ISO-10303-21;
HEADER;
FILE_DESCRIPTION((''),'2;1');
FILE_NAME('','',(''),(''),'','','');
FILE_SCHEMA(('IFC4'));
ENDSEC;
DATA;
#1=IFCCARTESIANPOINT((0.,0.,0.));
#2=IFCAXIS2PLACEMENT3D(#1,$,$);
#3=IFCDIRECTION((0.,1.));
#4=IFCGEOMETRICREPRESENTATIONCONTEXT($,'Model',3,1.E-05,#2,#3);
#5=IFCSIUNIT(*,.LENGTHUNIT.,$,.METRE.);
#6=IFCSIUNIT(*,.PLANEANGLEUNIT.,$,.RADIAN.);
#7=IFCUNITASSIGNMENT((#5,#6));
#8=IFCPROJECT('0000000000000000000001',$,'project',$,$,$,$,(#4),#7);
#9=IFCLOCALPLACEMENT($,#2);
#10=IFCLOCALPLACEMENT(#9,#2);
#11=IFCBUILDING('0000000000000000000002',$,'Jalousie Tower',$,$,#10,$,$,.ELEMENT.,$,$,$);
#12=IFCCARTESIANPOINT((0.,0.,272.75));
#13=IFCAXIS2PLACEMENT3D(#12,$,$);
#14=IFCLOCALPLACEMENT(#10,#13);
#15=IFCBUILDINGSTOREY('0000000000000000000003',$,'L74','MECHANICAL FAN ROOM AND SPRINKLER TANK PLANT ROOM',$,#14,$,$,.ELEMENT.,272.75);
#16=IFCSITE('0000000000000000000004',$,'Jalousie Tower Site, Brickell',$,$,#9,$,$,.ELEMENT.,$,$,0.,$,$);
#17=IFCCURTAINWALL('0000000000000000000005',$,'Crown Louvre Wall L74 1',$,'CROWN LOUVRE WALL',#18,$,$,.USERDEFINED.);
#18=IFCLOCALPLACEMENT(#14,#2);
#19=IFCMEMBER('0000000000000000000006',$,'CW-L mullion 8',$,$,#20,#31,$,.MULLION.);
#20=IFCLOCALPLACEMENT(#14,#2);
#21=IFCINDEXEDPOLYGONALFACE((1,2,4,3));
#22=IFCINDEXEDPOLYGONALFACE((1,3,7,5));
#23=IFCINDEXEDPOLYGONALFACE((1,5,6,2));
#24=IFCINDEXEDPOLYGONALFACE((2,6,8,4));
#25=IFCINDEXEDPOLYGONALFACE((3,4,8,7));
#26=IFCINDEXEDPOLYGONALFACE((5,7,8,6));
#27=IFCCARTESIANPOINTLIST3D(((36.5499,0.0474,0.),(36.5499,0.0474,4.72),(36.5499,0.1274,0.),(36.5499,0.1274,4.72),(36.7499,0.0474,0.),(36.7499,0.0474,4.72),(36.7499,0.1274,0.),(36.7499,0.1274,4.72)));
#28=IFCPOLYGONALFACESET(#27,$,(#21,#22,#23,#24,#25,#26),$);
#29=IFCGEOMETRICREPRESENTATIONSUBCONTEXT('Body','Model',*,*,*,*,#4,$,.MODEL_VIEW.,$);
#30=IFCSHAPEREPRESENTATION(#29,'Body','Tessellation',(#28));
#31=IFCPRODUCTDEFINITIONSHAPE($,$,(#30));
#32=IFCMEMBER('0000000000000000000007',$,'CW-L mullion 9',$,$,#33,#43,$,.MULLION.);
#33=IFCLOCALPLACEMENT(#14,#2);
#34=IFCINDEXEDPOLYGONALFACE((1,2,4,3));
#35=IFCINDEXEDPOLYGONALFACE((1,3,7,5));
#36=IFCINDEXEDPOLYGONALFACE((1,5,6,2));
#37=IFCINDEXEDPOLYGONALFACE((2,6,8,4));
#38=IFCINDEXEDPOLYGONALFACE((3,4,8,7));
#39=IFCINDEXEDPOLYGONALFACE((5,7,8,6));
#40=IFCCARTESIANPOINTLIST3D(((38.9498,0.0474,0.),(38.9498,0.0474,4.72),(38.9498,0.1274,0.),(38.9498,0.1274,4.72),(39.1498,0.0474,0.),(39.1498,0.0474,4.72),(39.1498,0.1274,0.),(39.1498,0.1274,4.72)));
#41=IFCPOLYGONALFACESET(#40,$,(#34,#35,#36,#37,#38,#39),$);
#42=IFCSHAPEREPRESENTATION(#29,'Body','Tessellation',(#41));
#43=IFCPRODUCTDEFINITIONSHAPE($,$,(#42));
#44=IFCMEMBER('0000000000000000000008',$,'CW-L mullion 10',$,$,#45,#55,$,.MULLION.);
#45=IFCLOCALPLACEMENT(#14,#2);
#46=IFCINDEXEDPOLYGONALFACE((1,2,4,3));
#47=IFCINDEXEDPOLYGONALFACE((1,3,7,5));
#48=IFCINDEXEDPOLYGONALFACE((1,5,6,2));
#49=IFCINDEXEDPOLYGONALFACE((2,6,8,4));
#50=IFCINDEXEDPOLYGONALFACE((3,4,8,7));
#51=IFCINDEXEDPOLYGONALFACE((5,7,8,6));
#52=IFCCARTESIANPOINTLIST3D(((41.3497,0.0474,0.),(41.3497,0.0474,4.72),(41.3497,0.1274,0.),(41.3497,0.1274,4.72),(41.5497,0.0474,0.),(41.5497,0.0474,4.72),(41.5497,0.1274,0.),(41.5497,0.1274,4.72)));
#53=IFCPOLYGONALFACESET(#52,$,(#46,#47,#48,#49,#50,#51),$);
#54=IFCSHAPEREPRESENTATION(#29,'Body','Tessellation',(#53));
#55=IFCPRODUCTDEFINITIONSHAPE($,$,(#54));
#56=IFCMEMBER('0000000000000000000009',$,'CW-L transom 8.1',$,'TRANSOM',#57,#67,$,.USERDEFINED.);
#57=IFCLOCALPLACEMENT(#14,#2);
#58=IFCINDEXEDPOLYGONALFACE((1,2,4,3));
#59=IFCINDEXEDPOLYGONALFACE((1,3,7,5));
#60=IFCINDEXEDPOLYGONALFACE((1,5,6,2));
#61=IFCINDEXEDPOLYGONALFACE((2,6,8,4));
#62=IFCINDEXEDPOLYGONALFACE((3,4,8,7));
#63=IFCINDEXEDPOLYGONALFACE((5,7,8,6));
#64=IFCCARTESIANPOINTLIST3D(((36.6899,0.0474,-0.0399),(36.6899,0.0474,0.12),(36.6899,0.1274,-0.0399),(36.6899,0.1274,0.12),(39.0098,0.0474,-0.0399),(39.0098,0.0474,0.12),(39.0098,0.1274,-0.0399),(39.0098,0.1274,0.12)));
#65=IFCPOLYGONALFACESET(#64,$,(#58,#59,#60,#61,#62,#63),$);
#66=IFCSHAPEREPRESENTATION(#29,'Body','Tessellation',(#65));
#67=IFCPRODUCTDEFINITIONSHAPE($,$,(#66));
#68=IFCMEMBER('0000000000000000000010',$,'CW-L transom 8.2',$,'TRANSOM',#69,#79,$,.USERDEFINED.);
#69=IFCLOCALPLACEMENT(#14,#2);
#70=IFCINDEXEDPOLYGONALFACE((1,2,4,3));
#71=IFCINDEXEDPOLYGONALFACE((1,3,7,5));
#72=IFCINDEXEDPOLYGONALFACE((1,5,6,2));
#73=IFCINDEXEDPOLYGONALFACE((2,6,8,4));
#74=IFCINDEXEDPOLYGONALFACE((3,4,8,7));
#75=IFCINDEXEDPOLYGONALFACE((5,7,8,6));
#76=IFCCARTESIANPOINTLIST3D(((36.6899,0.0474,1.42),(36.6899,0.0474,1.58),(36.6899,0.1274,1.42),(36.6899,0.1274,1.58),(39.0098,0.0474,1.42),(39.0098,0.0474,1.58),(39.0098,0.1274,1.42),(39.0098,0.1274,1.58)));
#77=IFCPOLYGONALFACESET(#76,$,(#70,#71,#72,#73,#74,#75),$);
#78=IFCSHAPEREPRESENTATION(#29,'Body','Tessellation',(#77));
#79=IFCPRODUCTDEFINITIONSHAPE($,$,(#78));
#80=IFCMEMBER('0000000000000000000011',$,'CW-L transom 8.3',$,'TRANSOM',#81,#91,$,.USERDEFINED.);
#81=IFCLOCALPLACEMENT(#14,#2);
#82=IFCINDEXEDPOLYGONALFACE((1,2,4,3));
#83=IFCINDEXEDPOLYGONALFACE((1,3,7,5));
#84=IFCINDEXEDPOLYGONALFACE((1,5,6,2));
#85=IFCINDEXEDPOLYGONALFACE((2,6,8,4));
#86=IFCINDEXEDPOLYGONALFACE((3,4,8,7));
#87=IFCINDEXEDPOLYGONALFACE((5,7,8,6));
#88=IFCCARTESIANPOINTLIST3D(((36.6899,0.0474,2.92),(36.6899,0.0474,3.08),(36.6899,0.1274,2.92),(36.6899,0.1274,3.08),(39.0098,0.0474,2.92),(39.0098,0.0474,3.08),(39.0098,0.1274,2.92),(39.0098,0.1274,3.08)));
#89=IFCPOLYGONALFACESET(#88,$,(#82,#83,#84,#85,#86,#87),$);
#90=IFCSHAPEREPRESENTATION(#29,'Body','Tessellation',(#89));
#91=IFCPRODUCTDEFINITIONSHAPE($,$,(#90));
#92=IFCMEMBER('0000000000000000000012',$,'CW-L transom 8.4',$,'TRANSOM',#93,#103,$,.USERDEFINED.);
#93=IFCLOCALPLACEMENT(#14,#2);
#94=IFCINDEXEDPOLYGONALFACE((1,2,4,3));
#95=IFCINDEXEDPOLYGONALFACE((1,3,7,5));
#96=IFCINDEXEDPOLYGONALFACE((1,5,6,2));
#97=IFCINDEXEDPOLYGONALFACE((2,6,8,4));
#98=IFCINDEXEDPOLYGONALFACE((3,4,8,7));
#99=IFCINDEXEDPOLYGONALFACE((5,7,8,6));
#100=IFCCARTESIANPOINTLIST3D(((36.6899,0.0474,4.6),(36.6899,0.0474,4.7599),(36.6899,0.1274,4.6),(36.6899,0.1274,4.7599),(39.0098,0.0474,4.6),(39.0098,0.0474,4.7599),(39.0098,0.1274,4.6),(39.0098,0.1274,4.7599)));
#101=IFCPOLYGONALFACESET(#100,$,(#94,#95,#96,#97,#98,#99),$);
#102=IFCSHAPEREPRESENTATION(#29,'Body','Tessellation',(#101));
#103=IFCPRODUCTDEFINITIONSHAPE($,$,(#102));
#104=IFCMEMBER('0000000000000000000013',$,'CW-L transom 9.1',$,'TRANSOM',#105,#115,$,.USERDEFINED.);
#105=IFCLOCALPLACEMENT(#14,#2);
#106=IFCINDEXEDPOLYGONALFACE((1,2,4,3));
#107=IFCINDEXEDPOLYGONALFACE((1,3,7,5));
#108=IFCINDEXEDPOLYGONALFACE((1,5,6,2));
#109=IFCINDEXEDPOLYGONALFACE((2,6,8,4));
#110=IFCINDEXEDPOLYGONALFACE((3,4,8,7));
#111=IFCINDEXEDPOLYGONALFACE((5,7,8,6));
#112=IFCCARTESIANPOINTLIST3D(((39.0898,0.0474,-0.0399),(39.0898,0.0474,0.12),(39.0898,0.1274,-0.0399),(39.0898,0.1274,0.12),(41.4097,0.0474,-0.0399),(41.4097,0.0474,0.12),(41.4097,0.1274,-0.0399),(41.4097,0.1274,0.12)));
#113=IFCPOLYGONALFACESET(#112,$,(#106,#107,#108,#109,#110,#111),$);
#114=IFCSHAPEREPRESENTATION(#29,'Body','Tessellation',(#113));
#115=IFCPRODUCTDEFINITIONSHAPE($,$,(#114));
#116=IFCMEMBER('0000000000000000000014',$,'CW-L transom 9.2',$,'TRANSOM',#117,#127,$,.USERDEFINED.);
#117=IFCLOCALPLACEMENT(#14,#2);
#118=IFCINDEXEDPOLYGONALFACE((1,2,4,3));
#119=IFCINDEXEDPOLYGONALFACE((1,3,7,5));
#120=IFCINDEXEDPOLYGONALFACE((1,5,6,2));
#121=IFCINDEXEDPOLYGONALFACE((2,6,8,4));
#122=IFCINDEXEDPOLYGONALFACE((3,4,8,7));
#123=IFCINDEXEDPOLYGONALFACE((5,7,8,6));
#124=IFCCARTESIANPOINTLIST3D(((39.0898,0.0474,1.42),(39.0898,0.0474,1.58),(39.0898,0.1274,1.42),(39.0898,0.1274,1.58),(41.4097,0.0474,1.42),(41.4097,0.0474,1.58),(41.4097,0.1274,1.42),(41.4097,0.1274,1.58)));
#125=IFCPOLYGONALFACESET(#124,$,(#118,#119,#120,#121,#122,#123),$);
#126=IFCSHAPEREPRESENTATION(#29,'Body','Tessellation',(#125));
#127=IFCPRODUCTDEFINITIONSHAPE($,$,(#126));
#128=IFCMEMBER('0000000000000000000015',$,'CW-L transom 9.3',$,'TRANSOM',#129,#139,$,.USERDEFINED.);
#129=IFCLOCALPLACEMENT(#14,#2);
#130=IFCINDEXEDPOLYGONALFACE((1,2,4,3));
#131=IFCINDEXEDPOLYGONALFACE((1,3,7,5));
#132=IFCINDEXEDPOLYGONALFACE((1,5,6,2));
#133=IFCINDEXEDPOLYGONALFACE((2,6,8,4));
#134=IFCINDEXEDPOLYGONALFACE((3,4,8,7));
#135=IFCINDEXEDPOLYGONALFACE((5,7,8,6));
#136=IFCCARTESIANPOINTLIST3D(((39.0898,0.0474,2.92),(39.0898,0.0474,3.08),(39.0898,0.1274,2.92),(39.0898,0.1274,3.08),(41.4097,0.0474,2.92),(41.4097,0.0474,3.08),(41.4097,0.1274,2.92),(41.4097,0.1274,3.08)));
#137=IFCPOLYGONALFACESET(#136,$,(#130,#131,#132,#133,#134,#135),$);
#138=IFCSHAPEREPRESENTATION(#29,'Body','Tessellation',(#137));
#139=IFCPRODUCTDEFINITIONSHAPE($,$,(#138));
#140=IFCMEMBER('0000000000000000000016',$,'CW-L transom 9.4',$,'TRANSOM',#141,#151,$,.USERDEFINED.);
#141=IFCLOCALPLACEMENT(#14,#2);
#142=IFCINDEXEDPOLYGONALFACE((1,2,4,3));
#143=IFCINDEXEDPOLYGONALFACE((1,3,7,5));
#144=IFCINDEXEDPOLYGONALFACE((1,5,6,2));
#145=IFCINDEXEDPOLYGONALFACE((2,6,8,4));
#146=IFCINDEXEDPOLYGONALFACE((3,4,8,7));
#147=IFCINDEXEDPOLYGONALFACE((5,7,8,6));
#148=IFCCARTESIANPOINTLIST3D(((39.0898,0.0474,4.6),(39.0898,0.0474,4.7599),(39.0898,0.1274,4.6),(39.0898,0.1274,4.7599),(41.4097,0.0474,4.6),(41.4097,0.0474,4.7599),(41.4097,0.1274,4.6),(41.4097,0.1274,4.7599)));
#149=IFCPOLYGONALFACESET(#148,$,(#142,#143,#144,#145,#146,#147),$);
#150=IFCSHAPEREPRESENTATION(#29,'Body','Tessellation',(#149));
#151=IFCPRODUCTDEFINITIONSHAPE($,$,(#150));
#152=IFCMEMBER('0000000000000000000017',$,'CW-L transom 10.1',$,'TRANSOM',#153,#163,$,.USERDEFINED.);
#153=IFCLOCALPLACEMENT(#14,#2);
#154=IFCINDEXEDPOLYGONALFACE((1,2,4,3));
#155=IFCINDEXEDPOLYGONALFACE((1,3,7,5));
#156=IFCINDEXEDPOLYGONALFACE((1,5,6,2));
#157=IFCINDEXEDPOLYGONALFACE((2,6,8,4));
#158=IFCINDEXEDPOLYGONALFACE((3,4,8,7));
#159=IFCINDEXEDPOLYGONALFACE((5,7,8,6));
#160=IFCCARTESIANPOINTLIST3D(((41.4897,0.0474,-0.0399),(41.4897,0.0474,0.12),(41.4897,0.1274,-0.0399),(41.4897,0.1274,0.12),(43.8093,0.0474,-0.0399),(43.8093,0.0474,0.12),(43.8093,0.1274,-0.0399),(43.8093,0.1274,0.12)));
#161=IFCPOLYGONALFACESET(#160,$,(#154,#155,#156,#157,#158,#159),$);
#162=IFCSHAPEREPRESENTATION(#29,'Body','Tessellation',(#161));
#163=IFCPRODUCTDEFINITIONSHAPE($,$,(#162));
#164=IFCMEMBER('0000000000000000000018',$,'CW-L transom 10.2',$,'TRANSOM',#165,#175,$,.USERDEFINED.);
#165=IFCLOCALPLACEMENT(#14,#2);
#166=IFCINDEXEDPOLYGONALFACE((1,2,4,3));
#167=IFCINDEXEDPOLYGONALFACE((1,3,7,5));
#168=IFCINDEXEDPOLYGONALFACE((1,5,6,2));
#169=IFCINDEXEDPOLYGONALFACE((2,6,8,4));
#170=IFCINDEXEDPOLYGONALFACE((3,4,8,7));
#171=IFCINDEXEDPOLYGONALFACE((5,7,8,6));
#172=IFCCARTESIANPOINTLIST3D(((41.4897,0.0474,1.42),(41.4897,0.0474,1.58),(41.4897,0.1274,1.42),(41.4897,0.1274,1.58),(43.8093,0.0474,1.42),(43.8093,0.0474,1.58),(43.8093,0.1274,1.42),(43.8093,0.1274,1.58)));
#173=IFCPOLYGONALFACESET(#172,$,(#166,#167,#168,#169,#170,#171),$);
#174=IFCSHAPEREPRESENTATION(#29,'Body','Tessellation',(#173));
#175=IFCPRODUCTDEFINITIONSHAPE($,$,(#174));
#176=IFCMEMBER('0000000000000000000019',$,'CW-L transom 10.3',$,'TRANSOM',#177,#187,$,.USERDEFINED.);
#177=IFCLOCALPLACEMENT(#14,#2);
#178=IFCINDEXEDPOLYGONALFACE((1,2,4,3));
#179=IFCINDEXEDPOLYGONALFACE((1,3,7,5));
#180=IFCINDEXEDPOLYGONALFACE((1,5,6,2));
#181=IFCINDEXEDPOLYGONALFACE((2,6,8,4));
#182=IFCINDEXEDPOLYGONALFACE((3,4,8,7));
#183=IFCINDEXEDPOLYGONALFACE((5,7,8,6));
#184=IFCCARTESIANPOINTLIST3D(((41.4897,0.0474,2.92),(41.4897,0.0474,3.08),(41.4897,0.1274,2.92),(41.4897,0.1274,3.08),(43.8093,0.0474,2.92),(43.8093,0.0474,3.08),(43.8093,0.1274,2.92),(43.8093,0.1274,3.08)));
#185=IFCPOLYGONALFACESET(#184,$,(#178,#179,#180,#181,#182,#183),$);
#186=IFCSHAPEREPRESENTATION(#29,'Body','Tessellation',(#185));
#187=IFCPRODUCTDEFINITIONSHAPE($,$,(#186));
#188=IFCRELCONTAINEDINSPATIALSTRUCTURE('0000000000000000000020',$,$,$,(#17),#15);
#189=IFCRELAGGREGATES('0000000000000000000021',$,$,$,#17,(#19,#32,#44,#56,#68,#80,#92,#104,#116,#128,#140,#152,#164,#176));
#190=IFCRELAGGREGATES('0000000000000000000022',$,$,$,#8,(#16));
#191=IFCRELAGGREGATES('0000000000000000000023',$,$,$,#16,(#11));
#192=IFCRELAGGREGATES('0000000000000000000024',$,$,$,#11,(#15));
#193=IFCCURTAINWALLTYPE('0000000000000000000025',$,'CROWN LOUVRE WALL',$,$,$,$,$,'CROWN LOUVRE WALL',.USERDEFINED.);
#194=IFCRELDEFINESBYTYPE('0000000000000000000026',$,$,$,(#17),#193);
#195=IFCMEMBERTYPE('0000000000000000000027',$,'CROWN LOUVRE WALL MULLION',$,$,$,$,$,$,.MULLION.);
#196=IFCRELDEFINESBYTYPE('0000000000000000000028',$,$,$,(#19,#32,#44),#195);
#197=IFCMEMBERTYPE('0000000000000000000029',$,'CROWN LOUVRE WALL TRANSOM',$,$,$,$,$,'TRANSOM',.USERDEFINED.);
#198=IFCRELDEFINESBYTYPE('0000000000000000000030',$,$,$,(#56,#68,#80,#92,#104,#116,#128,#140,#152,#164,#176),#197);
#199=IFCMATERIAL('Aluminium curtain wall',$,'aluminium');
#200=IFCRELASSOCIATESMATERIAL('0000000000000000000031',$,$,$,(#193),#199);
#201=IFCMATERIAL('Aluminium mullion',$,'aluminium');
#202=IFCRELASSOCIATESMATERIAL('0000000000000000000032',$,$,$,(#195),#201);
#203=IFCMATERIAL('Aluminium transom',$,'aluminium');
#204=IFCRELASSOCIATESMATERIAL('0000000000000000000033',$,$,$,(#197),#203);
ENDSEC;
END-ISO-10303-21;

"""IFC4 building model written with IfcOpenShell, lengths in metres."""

from ifc_helpers import new_model, si_unit, direction, frame, origin, origin_2d, place, context, subcontext, project, spatial, rectangle, extrude, material, material_profile, profile_set, type_object, element, aggregate, save


model = new_model("IFC4")

# Units and contexts
model_context = context("Model", 3, precision=1e-05, world=origin(), true_north=direction((0.0, 1.0)))
body_context = subcontext(model_context, "Body", "Model", "MODEL_VIEW")
ifc_project = project(units=[si_unit("LENGTHUNIT", "METRE"), si_unit("PLANEANGLEUNIT", "RADIAN")], contexts=[model_context])

# Site, building, storey
site_placement = place(None, origin())
site = spatial("IfcSite", under=ifc_project, at=site_placement, Name="Jalousie Tower Site, Brickell", CompositionType="ELEMENT", RefElevation=0.0)
building_placement = place(site_placement, origin())
building = spatial("IfcBuilding", under=site, at=building_placement, Name="Jalousie Tower", CompositionType="ELEMENT")
storey_placement = place(building_placement, frame((0.0, 0.0, 272.75)))
storey = spatial("IfcBuildingStorey", under=building, at=storey_placement, Name="L74", Description="MECHANICAL FAN ROOM AND SPRINKLER TANK PLANT ROOM", CompositionType="ELEMENT", Elevation=272.75)

# Curtain wall, members
ifc_material_1 = material(Name="Aluminium curtain wall", Category="aluminium")
curtain_wall_type = type_object("IfcCurtainWallType", Name="CROWN LOUVRE WALL", ElementType="CROWN LOUVRE WALL", PredefinedType="USERDEFINED", material=ifc_material_1)
curtain_wall_placement = place(storey_placement, origin())
curtain_wall = element("IfcCurtainWall", 1, at=curtain_wall_placement, inside=storey, type_object=curtain_wall_type, Name="Crown Louvre Wall L74 1", ObjectType="CROWN LOUVRE WALL", PredefinedType="USERDEFINED")
ifc_material_2 = material(Name="Aluminium mullion", Category="aluminium")
ifc_material_profile_1 = material_profile(ifc_material_2, rectangle(XDim=0.0801, YDim=0.2, at=origin_2d()), Name="MULLION 80x200")
ifc_profile_set_1 = profile_set([ifc_material_profile_1], Name="Aluminium mullion")
member_type_1 = type_object("IfcMemberType", Name="CROWN LOUVRE WALL MULLION", PredefinedType="MULLION", material=ifc_profile_set_1)
member_1_placement = place(storey_placement, frame((36.6499, 0.0874, 0.0), z_axis=(0.0, 0.0, 1.0), x_axis=(0.0, 1.0, 0.0)))
member_1 = element("IfcMember", 2, at=member_1_placement, type_object=member_type_1, Name="CW-L mullion 8", PredefinedType="MULLION", context=body_context, shape_type="SweptSolid", body=[
    extrude(rectangle(XDim=0.0801, YDim=0.2, at=origin_2d()), origin(), (0.0, 0.0, 1.0), 4.72),
])
member_2_placement = place(storey_placement, frame((39.0498, 0.0874, 0.0), z_axis=(0.0, 0.0, 1.0), x_axis=(0.0, 1.0, 0.0)))
member_2 = element("IfcMember", 3, at=member_2_placement, type_object=member_type_1, Name="CW-L mullion 9", PredefinedType="MULLION", context=body_context, shape_type="SweptSolid", body=[
    extrude(rectangle(XDim=0.0801, YDim=0.2, at=origin_2d()), origin(), (0.0, 0.0, 1.0), 4.72),
])
member_3_placement = place(storey_placement, frame((41.4497, 0.0874, 0.0), z_axis=(0.0, 0.0, 1.0), x_axis=(0.0, 1.0, 0.0)))
member_3 = element("IfcMember", 4, at=member_3_placement, type_object=member_type_1, Name="CW-L mullion 10", PredefinedType="MULLION", context=body_context, shape_type="SweptSolid", body=[
    extrude(rectangle(XDim=0.0801, YDim=0.2, at=origin_2d()), origin(), (0.0, 0.0, 1.0), 4.72),
])
ifc_material_3 = material(Name="Aluminium transom", Category="aluminium")
ifc_material_profile_2 = material_profile(ifc_material_3, rectangle(XDim=0.0801, YDim=0.1599, at=origin_2d()), Name="TRANSOM 80x160")
ifc_profile_set_2 = profile_set([ifc_material_profile_2], Name="Aluminium transom")
member_type_2 = type_object("IfcMemberType", Name="CROWN LOUVRE WALL TRANSOM", ElementType="TRANSOM", PredefinedType="USERDEFINED", material=ifc_profile_set_2)
member_4_placement = place(storey_placement, frame((36.6899, 0.0874, 0.04), z_axis=(1.0, 0.0, 0.0), x_axis=(0.0, 1.0, 0.0)))
member_4 = element("IfcMember", 5, at=member_4_placement, type_object=member_type_2, Name="CW-L transom 8.1", ObjectType="TRANSOM", PredefinedType="USERDEFINED", context=body_context, shape_type="SweptSolid", body=[
    extrude(rectangle(XDim=0.0801, YDim=0.1599, at=origin_2d()), origin(), (0.0, 0.0, 1.0), 2.3198),
])
member_5_placement = place(storey_placement, frame((36.6899, 0.0874, 1.5), z_axis=(1.0, 0.0, 0.0), x_axis=(0.0, 1.0, 0.0)))
member_5 = element("IfcMember", 6, at=member_5_placement, type_object=member_type_2, Name="CW-L transom 8.2", ObjectType="TRANSOM", PredefinedType="USERDEFINED", context=body_context, shape_type="SweptSolid", body=[
    extrude(rectangle(XDim=0.0801, YDim=0.1599, at=origin_2d()), origin(), (0.0, 0.0, 1.0), 2.3198),
])
member_6_placement = place(storey_placement, frame((36.6899, 0.0874, 3.0), z_axis=(1.0, 0.0, 0.0), x_axis=(0.0, 1.0, 0.0)))
member_6 = element("IfcMember", 7, at=member_6_placement, type_object=member_type_2, Name="CW-L transom 8.3", ObjectType="TRANSOM", PredefinedType="USERDEFINED", context=body_context, shape_type="SweptSolid", body=[
    extrude(rectangle(XDim=0.0801, YDim=0.1599, at=origin_2d()), origin(), (0.0, 0.0, 1.0), 2.3198),
])
member_7_placement = place(storey_placement, frame((36.6899, 0.0874, 4.6799), z_axis=(1.0, 0.0, 0.0), x_axis=(0.0, 1.0, 0.0)))
member_7 = element("IfcMember", 8, at=member_7_placement, type_object=member_type_2, Name="CW-L transom 8.4", ObjectType="TRANSOM", PredefinedType="USERDEFINED", context=body_context, shape_type="SweptSolid", body=[
    extrude(rectangle(XDim=0.0801, YDim=0.1599, at=origin_2d()), origin(), (0.0, 0.0, 1.0), 2.3198),
])
member_8_placement = place(storey_placement, frame((39.0898, 0.0874, 0.04), z_axis=(1.0, 0.0, 0.0), x_axis=(0.0, 1.0, 0.0)))
member_8 = element("IfcMember", 9, at=member_8_placement, type_object=member_type_2, Name="CW-L transom 9.1", ObjectType="TRANSOM", PredefinedType="USERDEFINED", context=body_context, shape_type="SweptSolid", body=[
    extrude(rectangle(XDim=0.0801, YDim=0.1599, at=origin_2d()), origin(), (0.0, 0.0, 1.0), 2.3198),
])
member_9_placement = place(storey_placement, frame((39.0898, 0.0874, 1.5), z_axis=(1.0, 0.0, 0.0), x_axis=(0.0, 1.0, 0.0)))
member_9 = element("IfcMember", 10, at=member_9_placement, type_object=member_type_2, Name="CW-L transom 9.2", ObjectType="TRANSOM", PredefinedType="USERDEFINED", context=body_context, shape_type="SweptSolid", body=[
    extrude(rectangle(XDim=0.0801, YDim=0.1599, at=origin_2d()), origin(), (0.0, 0.0, 1.0), 2.3198),
])
member_10_placement = place(storey_placement, frame((39.0898, 0.0874, 3.0), z_axis=(1.0, 0.0, 0.0), x_axis=(0.0, 1.0, 0.0)))
member_10 = element("IfcMember", 11, at=member_10_placement, type_object=member_type_2, Name="CW-L transom 9.3", ObjectType="TRANSOM", PredefinedType="USERDEFINED", context=body_context, shape_type="SweptSolid", body=[
    extrude(rectangle(XDim=0.0801, YDim=0.1599, at=origin_2d()), origin(), (0.0, 0.0, 1.0), 2.3198),
])
member_11_placement = place(storey_placement, frame((39.0898, 0.0874, 4.6799), z_axis=(1.0, 0.0, 0.0), x_axis=(0.0, 1.0, 0.0)))
member_11 = element("IfcMember", 12, at=member_11_placement, type_object=member_type_2, Name="CW-L transom 9.4", ObjectType="TRANSOM", PredefinedType="USERDEFINED", context=body_context, shape_type="SweptSolid", body=[
    extrude(rectangle(XDim=0.0801, YDim=0.1599, at=origin_2d()), origin(), (0.0, 0.0, 1.0), 2.3198),
])
member_12_placement = place(storey_placement, frame((41.4897, 0.0874, 0.04), z_axis=(1.0, 0.0, 0.0), x_axis=(0.0, 1.0, 0.0)))
member_12 = element("IfcMember", 13, at=member_12_placement, type_object=member_type_2, Name="CW-L transom 10.1", ObjectType="TRANSOM", PredefinedType="USERDEFINED", context=body_context, shape_type="SweptSolid", body=[
    extrude(rectangle(XDim=0.0801, YDim=0.1599, at=origin_2d()), origin(), (0.0, 0.0, 1.0), 2.3196),
])
member_13_placement = place(storey_placement, frame((41.4897, 0.0874, 1.5), z_axis=(1.0, 0.0, 0.0), x_axis=(0.0, 1.0, 0.0)))
member_13 = element("IfcMember", 14, at=member_13_placement, type_object=member_type_2, Name="CW-L transom 10.2", ObjectType="TRANSOM", PredefinedType="USERDEFINED", context=body_context, shape_type="SweptSolid", body=[
    extrude(rectangle(XDim=0.0801, YDim=0.1599, at=origin_2d()), origin(), (0.0, 0.0, 1.0), 2.3196),
])
member_14_placement = place(storey_placement, frame((41.4897, 0.0874, 3.0), z_axis=(1.0, 0.0, 0.0), x_axis=(0.0, 1.0, 0.0)))
member_14 = element("IfcMember", 15, at=member_14_placement, type_object=member_type_2, Name="CW-L transom 10.3", ObjectType="TRANSOM", PredefinedType="USERDEFINED", context=body_context, shape_type="SweptSolid", body=[
    extrude(rectangle(XDim=0.0801, YDim=0.1599, at=origin_2d()), origin(), (0.0, 0.0, 1.0), 2.3196),
])
aggregate(curtain_wall, [member_1, member_2, member_3, member_4, member_5, member_6, member_7, member_8, member_9, member_10, member_11, member_12, member_13, member_14])

save(model, "model.ifc")
